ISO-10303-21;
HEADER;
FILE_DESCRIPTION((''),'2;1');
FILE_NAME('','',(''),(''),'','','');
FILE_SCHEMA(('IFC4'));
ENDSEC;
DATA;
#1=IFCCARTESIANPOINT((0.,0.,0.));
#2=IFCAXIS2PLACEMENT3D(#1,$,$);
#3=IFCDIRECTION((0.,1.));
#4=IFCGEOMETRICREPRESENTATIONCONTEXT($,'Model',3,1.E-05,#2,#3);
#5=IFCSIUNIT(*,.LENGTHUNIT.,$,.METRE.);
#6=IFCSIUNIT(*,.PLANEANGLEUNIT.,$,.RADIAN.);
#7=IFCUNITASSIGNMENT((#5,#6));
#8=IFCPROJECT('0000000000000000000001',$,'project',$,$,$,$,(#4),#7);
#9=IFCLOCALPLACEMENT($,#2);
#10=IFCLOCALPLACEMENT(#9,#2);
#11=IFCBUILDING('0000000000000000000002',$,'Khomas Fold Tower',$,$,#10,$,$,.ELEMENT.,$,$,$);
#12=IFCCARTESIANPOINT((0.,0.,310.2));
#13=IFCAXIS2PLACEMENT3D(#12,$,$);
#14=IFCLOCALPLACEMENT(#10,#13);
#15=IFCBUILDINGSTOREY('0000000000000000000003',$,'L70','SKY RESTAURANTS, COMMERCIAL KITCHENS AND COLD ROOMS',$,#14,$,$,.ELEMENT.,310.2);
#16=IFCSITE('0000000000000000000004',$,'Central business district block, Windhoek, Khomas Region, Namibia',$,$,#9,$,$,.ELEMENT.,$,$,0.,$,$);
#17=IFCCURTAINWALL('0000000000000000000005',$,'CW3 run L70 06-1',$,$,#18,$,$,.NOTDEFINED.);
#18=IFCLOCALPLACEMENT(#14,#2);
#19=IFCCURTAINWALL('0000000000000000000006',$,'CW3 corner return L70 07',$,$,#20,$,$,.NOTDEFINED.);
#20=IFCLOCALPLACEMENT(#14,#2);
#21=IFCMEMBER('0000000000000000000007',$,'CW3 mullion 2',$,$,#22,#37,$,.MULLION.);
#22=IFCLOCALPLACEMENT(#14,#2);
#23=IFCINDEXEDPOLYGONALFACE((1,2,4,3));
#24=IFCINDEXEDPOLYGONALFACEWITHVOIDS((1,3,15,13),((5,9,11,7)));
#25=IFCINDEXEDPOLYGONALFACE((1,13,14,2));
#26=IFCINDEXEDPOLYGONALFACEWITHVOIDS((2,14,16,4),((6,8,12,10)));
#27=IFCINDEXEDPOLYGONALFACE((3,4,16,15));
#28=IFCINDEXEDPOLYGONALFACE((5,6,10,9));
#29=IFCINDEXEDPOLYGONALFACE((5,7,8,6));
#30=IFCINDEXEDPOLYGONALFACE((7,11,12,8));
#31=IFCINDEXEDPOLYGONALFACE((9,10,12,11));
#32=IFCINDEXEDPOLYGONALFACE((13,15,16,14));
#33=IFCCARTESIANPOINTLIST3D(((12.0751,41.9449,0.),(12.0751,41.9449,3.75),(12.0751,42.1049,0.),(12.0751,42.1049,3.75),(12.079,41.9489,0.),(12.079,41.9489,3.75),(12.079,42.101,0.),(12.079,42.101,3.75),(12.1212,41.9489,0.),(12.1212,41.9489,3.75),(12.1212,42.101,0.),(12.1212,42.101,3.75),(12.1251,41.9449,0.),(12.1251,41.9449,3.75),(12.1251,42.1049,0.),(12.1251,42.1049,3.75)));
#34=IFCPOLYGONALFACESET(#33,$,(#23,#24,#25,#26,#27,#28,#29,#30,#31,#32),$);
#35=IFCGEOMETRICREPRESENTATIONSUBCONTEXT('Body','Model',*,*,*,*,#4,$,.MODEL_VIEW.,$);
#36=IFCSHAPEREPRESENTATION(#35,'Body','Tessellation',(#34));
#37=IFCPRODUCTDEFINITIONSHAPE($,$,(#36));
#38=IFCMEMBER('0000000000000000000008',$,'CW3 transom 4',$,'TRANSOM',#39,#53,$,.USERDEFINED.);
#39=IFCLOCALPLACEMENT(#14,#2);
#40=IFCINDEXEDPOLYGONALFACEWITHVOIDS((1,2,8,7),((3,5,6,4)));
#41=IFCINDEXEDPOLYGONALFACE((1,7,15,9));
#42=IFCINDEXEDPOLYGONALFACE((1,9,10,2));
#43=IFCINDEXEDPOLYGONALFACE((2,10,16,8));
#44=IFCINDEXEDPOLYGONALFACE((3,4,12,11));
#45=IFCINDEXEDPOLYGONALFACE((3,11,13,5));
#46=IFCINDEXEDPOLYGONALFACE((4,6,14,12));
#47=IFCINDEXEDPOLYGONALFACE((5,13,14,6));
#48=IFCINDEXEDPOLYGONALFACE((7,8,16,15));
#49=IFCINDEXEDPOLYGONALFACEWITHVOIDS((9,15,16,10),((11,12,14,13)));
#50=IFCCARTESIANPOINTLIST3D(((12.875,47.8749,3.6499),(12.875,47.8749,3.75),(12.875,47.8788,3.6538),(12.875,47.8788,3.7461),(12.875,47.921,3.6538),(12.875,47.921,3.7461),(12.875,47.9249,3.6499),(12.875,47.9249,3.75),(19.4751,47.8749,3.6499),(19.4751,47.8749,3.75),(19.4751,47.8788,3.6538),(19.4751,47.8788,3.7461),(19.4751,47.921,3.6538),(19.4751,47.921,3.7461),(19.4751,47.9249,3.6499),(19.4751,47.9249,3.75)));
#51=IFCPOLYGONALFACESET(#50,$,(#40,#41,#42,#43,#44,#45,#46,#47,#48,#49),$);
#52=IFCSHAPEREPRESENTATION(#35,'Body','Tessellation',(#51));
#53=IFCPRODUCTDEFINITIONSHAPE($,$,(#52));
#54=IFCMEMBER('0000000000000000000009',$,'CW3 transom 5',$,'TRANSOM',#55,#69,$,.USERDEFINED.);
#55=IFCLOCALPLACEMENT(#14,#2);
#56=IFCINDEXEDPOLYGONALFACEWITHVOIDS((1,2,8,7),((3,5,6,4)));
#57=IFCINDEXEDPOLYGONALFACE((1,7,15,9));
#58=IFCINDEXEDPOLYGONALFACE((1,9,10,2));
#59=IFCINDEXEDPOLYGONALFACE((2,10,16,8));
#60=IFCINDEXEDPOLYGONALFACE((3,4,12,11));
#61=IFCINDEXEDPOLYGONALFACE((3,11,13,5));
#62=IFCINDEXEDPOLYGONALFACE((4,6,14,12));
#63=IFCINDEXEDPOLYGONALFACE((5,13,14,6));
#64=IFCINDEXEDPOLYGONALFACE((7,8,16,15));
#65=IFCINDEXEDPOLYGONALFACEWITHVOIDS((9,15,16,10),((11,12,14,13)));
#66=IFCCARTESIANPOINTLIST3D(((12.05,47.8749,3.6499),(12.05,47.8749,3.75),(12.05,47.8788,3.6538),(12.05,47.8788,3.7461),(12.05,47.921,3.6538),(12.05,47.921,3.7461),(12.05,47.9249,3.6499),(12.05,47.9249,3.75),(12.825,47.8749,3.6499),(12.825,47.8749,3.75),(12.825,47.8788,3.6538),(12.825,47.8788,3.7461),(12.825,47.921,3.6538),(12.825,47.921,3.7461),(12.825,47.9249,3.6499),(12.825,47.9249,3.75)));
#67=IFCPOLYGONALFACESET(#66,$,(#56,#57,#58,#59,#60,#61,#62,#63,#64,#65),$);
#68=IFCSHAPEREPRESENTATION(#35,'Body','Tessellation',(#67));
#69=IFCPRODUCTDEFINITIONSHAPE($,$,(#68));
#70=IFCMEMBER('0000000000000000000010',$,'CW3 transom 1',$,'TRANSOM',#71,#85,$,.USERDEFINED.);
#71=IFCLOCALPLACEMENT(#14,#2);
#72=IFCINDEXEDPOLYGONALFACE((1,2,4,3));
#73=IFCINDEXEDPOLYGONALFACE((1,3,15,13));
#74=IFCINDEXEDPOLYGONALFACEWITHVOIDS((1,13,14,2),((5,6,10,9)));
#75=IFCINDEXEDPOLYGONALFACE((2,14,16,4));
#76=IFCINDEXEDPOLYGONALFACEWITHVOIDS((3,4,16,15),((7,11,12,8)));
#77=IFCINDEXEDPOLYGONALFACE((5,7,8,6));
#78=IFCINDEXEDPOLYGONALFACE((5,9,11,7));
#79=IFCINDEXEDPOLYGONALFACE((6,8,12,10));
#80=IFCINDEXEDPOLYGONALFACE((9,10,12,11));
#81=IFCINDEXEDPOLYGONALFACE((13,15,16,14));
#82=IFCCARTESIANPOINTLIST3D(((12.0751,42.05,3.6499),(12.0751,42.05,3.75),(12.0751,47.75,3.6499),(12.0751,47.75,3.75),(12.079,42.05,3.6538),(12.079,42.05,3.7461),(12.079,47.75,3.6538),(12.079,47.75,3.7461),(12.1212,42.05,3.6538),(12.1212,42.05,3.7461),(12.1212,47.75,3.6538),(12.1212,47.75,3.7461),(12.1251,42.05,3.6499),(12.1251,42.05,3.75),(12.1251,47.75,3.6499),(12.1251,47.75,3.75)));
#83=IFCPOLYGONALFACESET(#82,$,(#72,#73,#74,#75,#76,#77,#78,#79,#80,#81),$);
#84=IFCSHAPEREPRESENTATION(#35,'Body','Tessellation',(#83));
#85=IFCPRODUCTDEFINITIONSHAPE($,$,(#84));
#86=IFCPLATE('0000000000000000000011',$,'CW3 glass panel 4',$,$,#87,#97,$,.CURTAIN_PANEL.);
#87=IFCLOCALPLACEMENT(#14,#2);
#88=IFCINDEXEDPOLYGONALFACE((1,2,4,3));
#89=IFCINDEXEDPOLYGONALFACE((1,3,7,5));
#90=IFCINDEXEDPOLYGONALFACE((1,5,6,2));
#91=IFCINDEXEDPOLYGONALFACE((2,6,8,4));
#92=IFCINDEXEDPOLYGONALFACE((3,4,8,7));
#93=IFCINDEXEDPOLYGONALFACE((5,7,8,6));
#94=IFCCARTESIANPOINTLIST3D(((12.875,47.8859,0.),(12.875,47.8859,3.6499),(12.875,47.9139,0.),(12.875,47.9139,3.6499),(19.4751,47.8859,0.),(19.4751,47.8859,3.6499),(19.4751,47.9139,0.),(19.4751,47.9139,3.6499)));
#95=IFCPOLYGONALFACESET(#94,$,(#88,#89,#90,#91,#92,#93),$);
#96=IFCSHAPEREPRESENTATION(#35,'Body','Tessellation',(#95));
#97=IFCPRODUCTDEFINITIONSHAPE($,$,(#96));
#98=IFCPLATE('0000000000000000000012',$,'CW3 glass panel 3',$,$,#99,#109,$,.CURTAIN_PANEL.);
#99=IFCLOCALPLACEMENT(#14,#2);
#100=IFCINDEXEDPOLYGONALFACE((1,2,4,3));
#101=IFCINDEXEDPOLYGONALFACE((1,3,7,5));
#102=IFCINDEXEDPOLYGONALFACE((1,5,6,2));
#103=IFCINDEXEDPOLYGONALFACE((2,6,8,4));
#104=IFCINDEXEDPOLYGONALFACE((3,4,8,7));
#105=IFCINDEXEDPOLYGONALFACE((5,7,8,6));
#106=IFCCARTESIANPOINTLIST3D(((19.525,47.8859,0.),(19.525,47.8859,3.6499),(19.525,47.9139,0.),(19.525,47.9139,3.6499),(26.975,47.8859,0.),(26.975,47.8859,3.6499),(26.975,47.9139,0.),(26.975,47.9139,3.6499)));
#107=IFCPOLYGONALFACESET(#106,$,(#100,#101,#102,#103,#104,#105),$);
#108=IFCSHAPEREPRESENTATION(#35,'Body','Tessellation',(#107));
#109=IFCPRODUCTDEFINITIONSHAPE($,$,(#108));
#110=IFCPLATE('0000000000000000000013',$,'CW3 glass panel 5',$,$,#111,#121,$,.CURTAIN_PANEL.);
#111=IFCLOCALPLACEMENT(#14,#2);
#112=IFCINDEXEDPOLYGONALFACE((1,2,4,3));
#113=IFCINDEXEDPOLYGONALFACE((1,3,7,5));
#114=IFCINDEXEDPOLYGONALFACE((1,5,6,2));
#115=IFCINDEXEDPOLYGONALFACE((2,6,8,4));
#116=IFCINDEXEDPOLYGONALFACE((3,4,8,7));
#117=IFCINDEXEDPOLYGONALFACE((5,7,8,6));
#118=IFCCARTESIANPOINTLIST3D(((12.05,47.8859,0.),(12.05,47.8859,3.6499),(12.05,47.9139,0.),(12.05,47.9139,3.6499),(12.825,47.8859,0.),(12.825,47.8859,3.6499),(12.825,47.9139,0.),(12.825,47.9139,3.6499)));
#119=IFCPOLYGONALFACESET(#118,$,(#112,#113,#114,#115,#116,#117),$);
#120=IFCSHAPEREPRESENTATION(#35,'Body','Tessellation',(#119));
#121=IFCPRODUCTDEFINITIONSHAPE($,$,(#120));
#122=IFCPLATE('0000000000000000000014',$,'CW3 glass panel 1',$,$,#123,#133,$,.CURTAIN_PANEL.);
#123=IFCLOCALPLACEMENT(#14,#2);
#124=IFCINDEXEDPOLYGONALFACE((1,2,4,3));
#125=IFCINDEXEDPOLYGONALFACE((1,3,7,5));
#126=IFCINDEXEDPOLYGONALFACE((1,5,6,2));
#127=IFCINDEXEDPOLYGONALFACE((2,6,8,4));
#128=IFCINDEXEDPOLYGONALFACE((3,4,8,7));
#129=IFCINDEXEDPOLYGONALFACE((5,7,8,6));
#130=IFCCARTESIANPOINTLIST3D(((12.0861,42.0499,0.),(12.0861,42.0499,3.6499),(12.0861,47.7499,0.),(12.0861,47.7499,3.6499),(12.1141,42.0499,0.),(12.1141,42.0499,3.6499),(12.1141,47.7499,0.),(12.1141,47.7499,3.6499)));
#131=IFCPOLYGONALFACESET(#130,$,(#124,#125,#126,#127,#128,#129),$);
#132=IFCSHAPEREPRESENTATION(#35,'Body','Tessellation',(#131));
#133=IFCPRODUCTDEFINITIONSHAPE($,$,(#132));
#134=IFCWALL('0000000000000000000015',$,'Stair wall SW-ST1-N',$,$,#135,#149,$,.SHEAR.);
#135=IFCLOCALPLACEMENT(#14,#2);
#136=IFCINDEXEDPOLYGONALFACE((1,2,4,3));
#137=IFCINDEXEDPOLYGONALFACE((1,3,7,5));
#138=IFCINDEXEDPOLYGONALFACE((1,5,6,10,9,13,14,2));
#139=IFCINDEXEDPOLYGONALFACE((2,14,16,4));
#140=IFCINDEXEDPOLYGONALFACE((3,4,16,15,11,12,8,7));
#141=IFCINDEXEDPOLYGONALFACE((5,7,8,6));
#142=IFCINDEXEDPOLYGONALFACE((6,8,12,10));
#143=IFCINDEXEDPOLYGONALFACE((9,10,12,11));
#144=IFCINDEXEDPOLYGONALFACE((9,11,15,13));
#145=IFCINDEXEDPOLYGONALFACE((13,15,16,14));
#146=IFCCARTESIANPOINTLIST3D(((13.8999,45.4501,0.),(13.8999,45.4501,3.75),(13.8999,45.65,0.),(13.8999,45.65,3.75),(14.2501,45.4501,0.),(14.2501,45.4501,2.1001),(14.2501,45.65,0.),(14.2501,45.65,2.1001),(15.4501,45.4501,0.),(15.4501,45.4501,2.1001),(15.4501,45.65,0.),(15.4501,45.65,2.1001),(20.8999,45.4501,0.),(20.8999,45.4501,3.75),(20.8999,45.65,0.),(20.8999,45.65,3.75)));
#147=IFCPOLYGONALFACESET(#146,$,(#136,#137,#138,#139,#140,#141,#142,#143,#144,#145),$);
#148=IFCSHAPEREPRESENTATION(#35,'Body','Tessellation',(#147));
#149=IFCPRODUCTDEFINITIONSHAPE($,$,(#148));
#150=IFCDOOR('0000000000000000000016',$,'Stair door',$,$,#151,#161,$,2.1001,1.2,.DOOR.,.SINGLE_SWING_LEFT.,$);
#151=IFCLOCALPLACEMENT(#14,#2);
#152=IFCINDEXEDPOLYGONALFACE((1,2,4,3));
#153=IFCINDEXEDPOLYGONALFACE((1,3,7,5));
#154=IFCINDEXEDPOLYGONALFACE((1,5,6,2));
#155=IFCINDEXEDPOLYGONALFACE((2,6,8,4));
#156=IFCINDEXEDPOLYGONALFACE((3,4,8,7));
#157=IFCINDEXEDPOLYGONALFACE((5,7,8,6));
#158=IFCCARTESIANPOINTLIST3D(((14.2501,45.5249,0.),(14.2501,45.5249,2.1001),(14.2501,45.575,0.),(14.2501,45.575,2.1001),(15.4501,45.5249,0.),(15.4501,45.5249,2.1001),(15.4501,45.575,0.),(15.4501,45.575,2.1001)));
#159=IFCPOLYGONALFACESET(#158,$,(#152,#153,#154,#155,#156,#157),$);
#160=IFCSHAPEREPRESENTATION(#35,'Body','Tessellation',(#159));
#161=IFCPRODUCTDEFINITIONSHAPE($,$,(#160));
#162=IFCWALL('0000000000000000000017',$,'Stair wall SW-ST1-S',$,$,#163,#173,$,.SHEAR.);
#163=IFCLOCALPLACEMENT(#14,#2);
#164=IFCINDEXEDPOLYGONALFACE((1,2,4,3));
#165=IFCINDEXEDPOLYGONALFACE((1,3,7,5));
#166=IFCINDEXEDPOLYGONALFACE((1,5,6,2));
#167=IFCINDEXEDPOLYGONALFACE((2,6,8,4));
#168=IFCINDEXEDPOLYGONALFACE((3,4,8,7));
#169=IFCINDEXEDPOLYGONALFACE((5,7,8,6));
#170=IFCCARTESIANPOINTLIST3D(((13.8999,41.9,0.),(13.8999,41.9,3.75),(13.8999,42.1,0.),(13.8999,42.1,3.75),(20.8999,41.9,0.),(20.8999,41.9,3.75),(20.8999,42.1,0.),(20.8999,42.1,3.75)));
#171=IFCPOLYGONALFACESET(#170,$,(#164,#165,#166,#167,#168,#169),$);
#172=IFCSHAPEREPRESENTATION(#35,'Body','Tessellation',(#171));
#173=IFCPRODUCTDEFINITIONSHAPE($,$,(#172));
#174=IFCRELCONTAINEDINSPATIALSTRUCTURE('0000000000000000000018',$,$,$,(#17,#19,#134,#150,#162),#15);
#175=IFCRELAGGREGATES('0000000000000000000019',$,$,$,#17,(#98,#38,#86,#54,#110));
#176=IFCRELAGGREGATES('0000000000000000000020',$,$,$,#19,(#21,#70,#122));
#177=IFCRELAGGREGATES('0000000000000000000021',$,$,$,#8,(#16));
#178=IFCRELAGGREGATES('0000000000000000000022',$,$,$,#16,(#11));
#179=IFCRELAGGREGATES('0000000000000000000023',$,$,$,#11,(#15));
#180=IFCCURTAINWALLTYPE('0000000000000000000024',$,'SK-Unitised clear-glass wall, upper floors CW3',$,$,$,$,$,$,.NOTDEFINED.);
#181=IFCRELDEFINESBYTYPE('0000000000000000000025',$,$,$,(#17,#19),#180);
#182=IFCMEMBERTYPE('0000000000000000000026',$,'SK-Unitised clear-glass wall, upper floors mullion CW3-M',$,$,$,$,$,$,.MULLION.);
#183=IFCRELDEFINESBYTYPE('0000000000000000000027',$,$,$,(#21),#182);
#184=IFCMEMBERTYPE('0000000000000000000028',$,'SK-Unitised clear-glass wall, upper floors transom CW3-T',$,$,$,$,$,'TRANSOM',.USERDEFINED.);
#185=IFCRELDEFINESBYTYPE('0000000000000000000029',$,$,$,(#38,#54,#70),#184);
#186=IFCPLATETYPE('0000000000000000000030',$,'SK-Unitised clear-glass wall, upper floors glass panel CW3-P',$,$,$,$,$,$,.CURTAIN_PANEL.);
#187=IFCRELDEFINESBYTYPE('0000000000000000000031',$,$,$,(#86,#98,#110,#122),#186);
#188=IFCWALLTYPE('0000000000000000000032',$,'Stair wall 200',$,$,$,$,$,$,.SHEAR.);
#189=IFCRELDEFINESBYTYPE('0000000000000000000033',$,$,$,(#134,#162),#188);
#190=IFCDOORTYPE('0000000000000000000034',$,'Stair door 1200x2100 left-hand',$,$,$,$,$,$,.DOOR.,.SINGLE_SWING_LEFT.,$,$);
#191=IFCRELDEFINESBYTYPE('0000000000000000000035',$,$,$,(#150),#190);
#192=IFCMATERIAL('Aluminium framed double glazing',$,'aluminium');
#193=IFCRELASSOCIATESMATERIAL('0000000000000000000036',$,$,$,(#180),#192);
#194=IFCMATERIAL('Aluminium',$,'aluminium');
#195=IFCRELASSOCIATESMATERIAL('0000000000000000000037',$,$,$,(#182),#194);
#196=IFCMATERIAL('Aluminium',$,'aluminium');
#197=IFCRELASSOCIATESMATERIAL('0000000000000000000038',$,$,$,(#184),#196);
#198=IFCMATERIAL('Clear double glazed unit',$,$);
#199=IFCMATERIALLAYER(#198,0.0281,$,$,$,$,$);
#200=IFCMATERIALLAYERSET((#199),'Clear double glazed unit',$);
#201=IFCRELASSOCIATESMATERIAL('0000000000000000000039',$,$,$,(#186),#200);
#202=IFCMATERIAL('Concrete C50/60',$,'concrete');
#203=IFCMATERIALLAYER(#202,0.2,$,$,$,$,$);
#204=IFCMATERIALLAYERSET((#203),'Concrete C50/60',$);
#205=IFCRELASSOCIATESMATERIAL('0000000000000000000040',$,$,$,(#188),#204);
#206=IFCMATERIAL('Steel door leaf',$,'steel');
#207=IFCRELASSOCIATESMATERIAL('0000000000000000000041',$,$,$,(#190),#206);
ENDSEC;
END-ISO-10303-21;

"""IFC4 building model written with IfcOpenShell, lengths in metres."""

from ifc_helpers import new_model, si_unit, direction, frame, frame_2d, origin, origin_2d, place, context, subcontext, project, spatial, rectangle, hollow_rectangle, extrude, source, transform, mapped, material, layer, layer_set, material_profile, profile_set, type_object, element, fill, aggregate, save


model = new_model("IFC4")

# Units and contexts
model_context = context("Model", 3, precision=1e-05, world=origin(), true_north=direction((0.0, 1.0)))
body_context = subcontext(model_context, "Body", "Model", "MODEL_VIEW")
ifc_project = project(units=[si_unit("LENGTHUNIT", "METRE"), si_unit("PLANEANGLEUNIT", "RADIAN")], contexts=[model_context])

# Site, building, storey
site_placement = place(None, origin())
site = spatial("IfcSite", under=ifc_project, at=site_placement, Name="Central business district block, Windhoek, Khomas Region, Namibia", CompositionType="ELEMENT", RefElevation=0.0)
building_placement = place(site_placement, origin())
building = spatial("IfcBuilding", under=site, at=building_placement, Name="Khomas Fold Tower", CompositionType="ELEMENT")
storey_placement = place(building_placement, frame((0.0, 0.0, 310.2)))
storey = spatial("IfcBuildingStorey", under=building, at=storey_placement, Name="L70", Description="SKY RESTAURANTS, COMMERCIAL KITCHENS AND COLD ROOMS", CompositionType="ELEMENT", Elevation=310.2)

# Curtain walls, member
ifc_material_1 = material(Name="Aluminium framed double glazing", Category="aluminium")
curtain_wall_type = type_object("IfcCurtainWallType", Name="SK-Unitised clear-glass wall, upper floors CW3", PredefinedType="NOTDEFINED", material=ifc_material_1)
curtain_wall_1_placement = place(storey_placement, origin())
curtain_wall_1 = element("IfcCurtainWall", 1, at=curtain_wall_1_placement, inside=storey, type_object=curtain_wall_type, Name="CW3 run L70 06-1", PredefinedType="NOTDEFINED")
ifc_material_2 = material(Name="Aluminium", Category="aluminium")
ifc_material_profile_1 = material_profile(ifc_material_2, hollow_rectangle(XDim=0.05, YDim=0.1599, WallThickness=0.0039, at=origin_2d()), Name="SK-Unitised clear-glass wall, upper floors mullion CW3-M")
ifc_profile_set_1 = profile_set([ifc_material_profile_1], Name="Aluminium")
member_type_1 = type_object("IfcMemberType", Name="SK-Unitised clear-glass wall, upper floors mullion CW3-M", PredefinedType="MULLION", material=ifc_profile_set_1)
shared_shape_1 = source(origin(), body_context, "Body", "SweptSolid", [
    extrude(hollow_rectangle(XDim=0.05, YDim=0.1599, WallThickness=0.0039, at=origin_2d()), origin(), (0.0, 0.0, 1.0), 3.75),
])
curtain_wall_2_placement = place(storey_placement, origin())
curtain_wall_2 = element("IfcCurtainWall", 2, at=curtain_wall_2_placement, inside=storey, type_object=curtain_wall_type, Name="CW3 corner return L70 07", PredefinedType="NOTDEFINED")
member_1_placement = place(storey_placement, frame((12.1001, 42.0249, 0.0), z_axis=(0.0, 0.0, 1.0), x_axis=(1.0, 0.0, 0.0)))
member_1 = element("IfcMember", 3, at=member_1_placement, type_object=member_type_1, Name="CW3 mullion 2", PredefinedType="MULLION", context=body_context, shape_type="MappedRepresentation", body=[
    mapped(shared_shape_1, transform((0.0, 0.0, 0.0))),
])

# Members
ifc_material_3 = material(Name="Aluminium", Category="aluminium")
ifc_material_profile_2 = material_profile(ifc_material_3, hollow_rectangle(XDim=0.05, YDim=0.1001, WallThickness=0.0039, at=origin_2d()), Name="SK-Unitised clear-glass wall, upper floors transom CW3-T")
ifc_profile_set_2 = profile_set([ifc_material_profile_2], Name="Aluminium")
member_type_2 = type_object("IfcMemberType", Name="SK-Unitised clear-glass wall, upper floors transom CW3-T", ElementType="TRANSOM", PredefinedType="USERDEFINED", material=ifc_profile_set_2)
shared_shape_2 = source(origin(), body_context, "Body", "SweptSolid", [
    extrude(hollow_rectangle(XDim=0.05, YDim=0.1001, WallThickness=0.0039, at=origin_2d()), origin(), (0.0, 0.0, 1.0), 6.6001),
])
member_2_placement = place(storey_placement, frame((19.4751, 47.8999, 3.7), z_axis=(-1.0, 0.0, 0.0), x_axis=(0.0, -1.0, 0.0)))
member_2 = element("IfcMember", 4, at=member_2_placement, type_object=member_type_2, Name="CW3 transom 4", ObjectType="TRANSOM", PredefinedType="USERDEFINED", context=body_context, shape_type="MappedRepresentation", body=[
    mapped(shared_shape_2, transform((0.0, 0.0, 0.0))),
])
shared_shape_3 = source(origin(), body_context, "Body", "SweptSolid", [
    extrude(hollow_rectangle(XDim=0.05, YDim=0.1001, WallThickness=0.0039, at=origin_2d()), origin(), (0.0, 0.0, 1.0), 0.7749),
])
member_3_placement = place(storey_placement, frame((12.825, 47.8999, 3.7), z_axis=(-1.0, 0.0, 0.0), x_axis=(0.0, -1.0, 0.0)))
member_3 = element("IfcMember", 5, at=member_3_placement, type_object=member_type_2, Name="CW3 transom 5", ObjectType="TRANSOM", PredefinedType="USERDEFINED", context=body_context, shape_type="MappedRepresentation", body=[
    mapped(shared_shape_3, transform((0.0, 0.0, 0.0))),
])
shared_shape_4 = source(origin(), body_context, "Body", "SweptSolid", [
    extrude(hollow_rectangle(XDim=0.05, YDim=0.1001, WallThickness=0.0039, at=origin_2d()), origin(), (0.0, 0.0, 1.0), 5.7),
])
member_4_placement = place(storey_placement, frame((12.1001, 47.75, 3.7), z_axis=(0.0, -1.0, 0.0), x_axis=(1.0, 0.0, 0.0)))
member_4 = element("IfcMember", 6, at=member_4_placement, type_object=member_type_2, Name="CW3 transom 1", ObjectType="TRANSOM", PredefinedType="USERDEFINED", context=body_context, shape_type="MappedRepresentation", body=[
    mapped(shared_shape_4, transform((0.0, 0.0, 0.0))),
])

# Plates
ifc_material_4 = material(Name="Clear double glazed unit")
ifc_layer_1 = layer(ifc_material_4, 0.0281)
ifc_layer_set_1 = layer_set([ifc_layer_1], Name="Clear double glazed unit")
plate_type = type_object("IfcPlateType", Name="SK-Unitised clear-glass wall, upper floors glass panel CW3-P", PredefinedType="CURTAIN_PANEL", material=ifc_layer_set_1)
shared_shape_5 = source(origin(), body_context, "Body", "SweptSolid", [
    extrude(rectangle(XDim=6.6001, YDim=0.0281, at=origin_2d()), origin(), (0.0, 0.0, 1.0), 3.6499),
])
plate_1_placement = place(storey_placement, frame((16.175, 47.8999, 0.0), z_axis=(0.0, 0.0, 1.0), x_axis=(-1.0, 0.0, 0.0)))
plate_1 = element("IfcPlate", 7, at=plate_1_placement, type_object=plate_type, Name="CW3 glass panel 4", PredefinedType="CURTAIN_PANEL", context=body_context, shape_type="MappedRepresentation", body=[
    mapped(shared_shape_5, transform((0.0, 0.0, 0.0))),
])
shared_shape_6 = source(origin(), body_context, "Body", "SweptSolid", [
    extrude(rectangle(XDim=7.45, YDim=0.0281, at=origin_2d()), origin(), (0.0, 0.0, 1.0), 3.6499),
])
plate_2_placement = place(storey_placement, frame((23.25, 47.8999, 0.0), z_axis=(0.0, 0.0, 1.0), x_axis=(-1.0, 0.0, 0.0)))
plate_2 = element("IfcPlate", 8, at=plate_2_placement, type_object=plate_type, Name="CW3 glass panel 3", PredefinedType="CURTAIN_PANEL", context=body_context, shape_type="MappedRepresentation", body=[
    mapped(shared_shape_6, transform((0.0, 0.0, 0.0))),
])
shared_shape_7 = source(origin(), body_context, "Body", "SweptSolid", [
    extrude(rectangle(XDim=0.7749, YDim=0.0281, at=origin_2d()), origin(), (0.0, 0.0, 1.0), 3.6499),
])
plate_3_placement = place(storey_placement, frame((12.4375, 47.8999, 0.0), z_axis=(0.0, 0.0, 1.0), x_axis=(-1.0, 0.0, 0.0)))
plate_3 = element("IfcPlate", 9, at=plate_3_placement, type_object=plate_type, Name="CW3 glass panel 5", PredefinedType="CURTAIN_PANEL", context=body_context, shape_type="MappedRepresentation", body=[
    mapped(shared_shape_7, transform((0.0, 0.0, 0.0))),
])
aggregate(curtain_wall_1, [plate_2, member_2, plate_1, member_3, plate_3])
shared_shape_8 = source(origin(), body_context, "Body", "SweptSolid", [
    extrude(rectangle(XDim=5.7, YDim=0.0281, at=origin_2d()), origin(), (0.0, 0.0, 1.0), 3.6499),
])
plate_4_placement = place(storey_placement, frame((12.1001, 44.8999, 0.0), z_axis=(0.0, 0.0, 1.0), x_axis=(0.0, -1.0, 0.0)))
plate_4 = element("IfcPlate", 10, at=plate_4_placement, type_object=plate_type, Name="CW3 glass panel 1", PredefinedType="CURTAIN_PANEL", context=body_context, shape_type="MappedRepresentation", body=[
    mapped(shared_shape_8, transform((0.0, 0.0, 0.0))),
])
aggregate(curtain_wall_2, [member_1, member_4, plate_4])

# Wall, opening, door
ifc_material_5 = material(Name="Concrete C50/60", Category="concrete")
ifc_layer_2 = layer(ifc_material_5, 0.2)
ifc_layer_set_2 = layer_set([ifc_layer_2], Name="Concrete C50/60")
wall_type_1 = type_object("IfcWallType", Name="Stair wall 200", PredefinedType="SHEAR", material=ifc_layer_set_2)
shared_shape_9 = source(origin(), body_context, "Body", "SweptSolid", [
    extrude(rectangle(XDim=7.0, YDim=0.2, at=frame_2d((3.5, 0.0))), origin(), (0.0, 0.0, 1.0), 3.75),
])
wall_1_placement = place(storey_placement, frame((13.8999, 45.55, 0.0), z_axis=(0.0, 0.0, 1.0), x_axis=(1.0, 0.0, 0.0)))
wall_1 = element("IfcWall", 11, at=wall_1_placement, inside=storey, type_object=wall_type_1, Name="Stair wall SW-ST1-N", PredefinedType="SHEAR", context=body_context, shape_type="MappedRepresentation", body=[
    mapped(shared_shape_9, transform((0.0, 0.0, 0.0))),
])
shared_shape_10 = source(origin(), body_context, "Body", "SweptSolid", [
    extrude(rectangle(XDim=1.2, YDim=2.1001, at=frame_2d((0.6001, 1.05))), frame((0.0, 0.1099, 0.0), z_axis=(0.0, -1.0, 0.0), x_axis=(1.0, 0.0, 0.0)), (0.0, 0.0, 1.0), 0.22),
])
opening_1_placement = place(wall_1_placement, frame((0.3501, 0.0, 0.0)))
opening_1 = element("IfcOpeningElement", 12, at=opening_1_placement, cuts=wall_1, PredefinedType="OPENING", context=body_context, shape_type="MappedRepresentation", body=[
    mapped(shared_shape_10, transform((0.0, 0.0, 0.0))),
])
ifc_material_6 = material(Name="Steel door leaf", Category="steel")
door_type = type_object("IfcDoorType", Name="Stair door 1200x2100 left-hand", OperationType="SINGLE_SWING_LEFT", PredefinedType="DOOR", material=ifc_material_6)
shared_shape_11 = source(origin(), body_context, "Body", "SweptSolid", [
    extrude(rectangle(XDim=1.2, YDim=2.1001, at=frame_2d((0.6001, 1.05))), frame((0.0, 0.0249, 0.0), z_axis=(0.0, -1.0, 0.0), x_axis=(1.0, 0.0, 0.0)), (0.0, 0.0, 1.0), 0.05),
])
door_1_placement = place(opening_1_placement, origin())
door_1 = element("IfcDoor", 13, at=door_1_placement, inside=storey, type_object=door_type, Name="Stair door", OperationType="SINGLE_SWING_LEFT", OverallHeight=2.1001, OverallWidth=1.2, PredefinedType="DOOR", context=body_context, shape_type="MappedRepresentation", body=[
    mapped(shared_shape_11, transform((0.0, 0.0, 0.0))),
])
fill(opening_1, door_1)

# Wall
wall_2_placement = place(storey_placement, frame((13.8999, 42.0, 0.0), z_axis=(0.0, 0.0, 1.0), x_axis=(1.0, 0.0, 0.0)))
element("IfcWall", 14, at=wall_2_placement, inside=storey, type_object=wall_type_1, Name="Stair wall SW-ST1-S", PredefinedType="SHEAR", context=body_context, shape_type="MappedRepresentation", body=[
    mapped(shared_shape_9, transform((0.0, 0.0, 0.0))),
])

save(model, "model.ifc")
